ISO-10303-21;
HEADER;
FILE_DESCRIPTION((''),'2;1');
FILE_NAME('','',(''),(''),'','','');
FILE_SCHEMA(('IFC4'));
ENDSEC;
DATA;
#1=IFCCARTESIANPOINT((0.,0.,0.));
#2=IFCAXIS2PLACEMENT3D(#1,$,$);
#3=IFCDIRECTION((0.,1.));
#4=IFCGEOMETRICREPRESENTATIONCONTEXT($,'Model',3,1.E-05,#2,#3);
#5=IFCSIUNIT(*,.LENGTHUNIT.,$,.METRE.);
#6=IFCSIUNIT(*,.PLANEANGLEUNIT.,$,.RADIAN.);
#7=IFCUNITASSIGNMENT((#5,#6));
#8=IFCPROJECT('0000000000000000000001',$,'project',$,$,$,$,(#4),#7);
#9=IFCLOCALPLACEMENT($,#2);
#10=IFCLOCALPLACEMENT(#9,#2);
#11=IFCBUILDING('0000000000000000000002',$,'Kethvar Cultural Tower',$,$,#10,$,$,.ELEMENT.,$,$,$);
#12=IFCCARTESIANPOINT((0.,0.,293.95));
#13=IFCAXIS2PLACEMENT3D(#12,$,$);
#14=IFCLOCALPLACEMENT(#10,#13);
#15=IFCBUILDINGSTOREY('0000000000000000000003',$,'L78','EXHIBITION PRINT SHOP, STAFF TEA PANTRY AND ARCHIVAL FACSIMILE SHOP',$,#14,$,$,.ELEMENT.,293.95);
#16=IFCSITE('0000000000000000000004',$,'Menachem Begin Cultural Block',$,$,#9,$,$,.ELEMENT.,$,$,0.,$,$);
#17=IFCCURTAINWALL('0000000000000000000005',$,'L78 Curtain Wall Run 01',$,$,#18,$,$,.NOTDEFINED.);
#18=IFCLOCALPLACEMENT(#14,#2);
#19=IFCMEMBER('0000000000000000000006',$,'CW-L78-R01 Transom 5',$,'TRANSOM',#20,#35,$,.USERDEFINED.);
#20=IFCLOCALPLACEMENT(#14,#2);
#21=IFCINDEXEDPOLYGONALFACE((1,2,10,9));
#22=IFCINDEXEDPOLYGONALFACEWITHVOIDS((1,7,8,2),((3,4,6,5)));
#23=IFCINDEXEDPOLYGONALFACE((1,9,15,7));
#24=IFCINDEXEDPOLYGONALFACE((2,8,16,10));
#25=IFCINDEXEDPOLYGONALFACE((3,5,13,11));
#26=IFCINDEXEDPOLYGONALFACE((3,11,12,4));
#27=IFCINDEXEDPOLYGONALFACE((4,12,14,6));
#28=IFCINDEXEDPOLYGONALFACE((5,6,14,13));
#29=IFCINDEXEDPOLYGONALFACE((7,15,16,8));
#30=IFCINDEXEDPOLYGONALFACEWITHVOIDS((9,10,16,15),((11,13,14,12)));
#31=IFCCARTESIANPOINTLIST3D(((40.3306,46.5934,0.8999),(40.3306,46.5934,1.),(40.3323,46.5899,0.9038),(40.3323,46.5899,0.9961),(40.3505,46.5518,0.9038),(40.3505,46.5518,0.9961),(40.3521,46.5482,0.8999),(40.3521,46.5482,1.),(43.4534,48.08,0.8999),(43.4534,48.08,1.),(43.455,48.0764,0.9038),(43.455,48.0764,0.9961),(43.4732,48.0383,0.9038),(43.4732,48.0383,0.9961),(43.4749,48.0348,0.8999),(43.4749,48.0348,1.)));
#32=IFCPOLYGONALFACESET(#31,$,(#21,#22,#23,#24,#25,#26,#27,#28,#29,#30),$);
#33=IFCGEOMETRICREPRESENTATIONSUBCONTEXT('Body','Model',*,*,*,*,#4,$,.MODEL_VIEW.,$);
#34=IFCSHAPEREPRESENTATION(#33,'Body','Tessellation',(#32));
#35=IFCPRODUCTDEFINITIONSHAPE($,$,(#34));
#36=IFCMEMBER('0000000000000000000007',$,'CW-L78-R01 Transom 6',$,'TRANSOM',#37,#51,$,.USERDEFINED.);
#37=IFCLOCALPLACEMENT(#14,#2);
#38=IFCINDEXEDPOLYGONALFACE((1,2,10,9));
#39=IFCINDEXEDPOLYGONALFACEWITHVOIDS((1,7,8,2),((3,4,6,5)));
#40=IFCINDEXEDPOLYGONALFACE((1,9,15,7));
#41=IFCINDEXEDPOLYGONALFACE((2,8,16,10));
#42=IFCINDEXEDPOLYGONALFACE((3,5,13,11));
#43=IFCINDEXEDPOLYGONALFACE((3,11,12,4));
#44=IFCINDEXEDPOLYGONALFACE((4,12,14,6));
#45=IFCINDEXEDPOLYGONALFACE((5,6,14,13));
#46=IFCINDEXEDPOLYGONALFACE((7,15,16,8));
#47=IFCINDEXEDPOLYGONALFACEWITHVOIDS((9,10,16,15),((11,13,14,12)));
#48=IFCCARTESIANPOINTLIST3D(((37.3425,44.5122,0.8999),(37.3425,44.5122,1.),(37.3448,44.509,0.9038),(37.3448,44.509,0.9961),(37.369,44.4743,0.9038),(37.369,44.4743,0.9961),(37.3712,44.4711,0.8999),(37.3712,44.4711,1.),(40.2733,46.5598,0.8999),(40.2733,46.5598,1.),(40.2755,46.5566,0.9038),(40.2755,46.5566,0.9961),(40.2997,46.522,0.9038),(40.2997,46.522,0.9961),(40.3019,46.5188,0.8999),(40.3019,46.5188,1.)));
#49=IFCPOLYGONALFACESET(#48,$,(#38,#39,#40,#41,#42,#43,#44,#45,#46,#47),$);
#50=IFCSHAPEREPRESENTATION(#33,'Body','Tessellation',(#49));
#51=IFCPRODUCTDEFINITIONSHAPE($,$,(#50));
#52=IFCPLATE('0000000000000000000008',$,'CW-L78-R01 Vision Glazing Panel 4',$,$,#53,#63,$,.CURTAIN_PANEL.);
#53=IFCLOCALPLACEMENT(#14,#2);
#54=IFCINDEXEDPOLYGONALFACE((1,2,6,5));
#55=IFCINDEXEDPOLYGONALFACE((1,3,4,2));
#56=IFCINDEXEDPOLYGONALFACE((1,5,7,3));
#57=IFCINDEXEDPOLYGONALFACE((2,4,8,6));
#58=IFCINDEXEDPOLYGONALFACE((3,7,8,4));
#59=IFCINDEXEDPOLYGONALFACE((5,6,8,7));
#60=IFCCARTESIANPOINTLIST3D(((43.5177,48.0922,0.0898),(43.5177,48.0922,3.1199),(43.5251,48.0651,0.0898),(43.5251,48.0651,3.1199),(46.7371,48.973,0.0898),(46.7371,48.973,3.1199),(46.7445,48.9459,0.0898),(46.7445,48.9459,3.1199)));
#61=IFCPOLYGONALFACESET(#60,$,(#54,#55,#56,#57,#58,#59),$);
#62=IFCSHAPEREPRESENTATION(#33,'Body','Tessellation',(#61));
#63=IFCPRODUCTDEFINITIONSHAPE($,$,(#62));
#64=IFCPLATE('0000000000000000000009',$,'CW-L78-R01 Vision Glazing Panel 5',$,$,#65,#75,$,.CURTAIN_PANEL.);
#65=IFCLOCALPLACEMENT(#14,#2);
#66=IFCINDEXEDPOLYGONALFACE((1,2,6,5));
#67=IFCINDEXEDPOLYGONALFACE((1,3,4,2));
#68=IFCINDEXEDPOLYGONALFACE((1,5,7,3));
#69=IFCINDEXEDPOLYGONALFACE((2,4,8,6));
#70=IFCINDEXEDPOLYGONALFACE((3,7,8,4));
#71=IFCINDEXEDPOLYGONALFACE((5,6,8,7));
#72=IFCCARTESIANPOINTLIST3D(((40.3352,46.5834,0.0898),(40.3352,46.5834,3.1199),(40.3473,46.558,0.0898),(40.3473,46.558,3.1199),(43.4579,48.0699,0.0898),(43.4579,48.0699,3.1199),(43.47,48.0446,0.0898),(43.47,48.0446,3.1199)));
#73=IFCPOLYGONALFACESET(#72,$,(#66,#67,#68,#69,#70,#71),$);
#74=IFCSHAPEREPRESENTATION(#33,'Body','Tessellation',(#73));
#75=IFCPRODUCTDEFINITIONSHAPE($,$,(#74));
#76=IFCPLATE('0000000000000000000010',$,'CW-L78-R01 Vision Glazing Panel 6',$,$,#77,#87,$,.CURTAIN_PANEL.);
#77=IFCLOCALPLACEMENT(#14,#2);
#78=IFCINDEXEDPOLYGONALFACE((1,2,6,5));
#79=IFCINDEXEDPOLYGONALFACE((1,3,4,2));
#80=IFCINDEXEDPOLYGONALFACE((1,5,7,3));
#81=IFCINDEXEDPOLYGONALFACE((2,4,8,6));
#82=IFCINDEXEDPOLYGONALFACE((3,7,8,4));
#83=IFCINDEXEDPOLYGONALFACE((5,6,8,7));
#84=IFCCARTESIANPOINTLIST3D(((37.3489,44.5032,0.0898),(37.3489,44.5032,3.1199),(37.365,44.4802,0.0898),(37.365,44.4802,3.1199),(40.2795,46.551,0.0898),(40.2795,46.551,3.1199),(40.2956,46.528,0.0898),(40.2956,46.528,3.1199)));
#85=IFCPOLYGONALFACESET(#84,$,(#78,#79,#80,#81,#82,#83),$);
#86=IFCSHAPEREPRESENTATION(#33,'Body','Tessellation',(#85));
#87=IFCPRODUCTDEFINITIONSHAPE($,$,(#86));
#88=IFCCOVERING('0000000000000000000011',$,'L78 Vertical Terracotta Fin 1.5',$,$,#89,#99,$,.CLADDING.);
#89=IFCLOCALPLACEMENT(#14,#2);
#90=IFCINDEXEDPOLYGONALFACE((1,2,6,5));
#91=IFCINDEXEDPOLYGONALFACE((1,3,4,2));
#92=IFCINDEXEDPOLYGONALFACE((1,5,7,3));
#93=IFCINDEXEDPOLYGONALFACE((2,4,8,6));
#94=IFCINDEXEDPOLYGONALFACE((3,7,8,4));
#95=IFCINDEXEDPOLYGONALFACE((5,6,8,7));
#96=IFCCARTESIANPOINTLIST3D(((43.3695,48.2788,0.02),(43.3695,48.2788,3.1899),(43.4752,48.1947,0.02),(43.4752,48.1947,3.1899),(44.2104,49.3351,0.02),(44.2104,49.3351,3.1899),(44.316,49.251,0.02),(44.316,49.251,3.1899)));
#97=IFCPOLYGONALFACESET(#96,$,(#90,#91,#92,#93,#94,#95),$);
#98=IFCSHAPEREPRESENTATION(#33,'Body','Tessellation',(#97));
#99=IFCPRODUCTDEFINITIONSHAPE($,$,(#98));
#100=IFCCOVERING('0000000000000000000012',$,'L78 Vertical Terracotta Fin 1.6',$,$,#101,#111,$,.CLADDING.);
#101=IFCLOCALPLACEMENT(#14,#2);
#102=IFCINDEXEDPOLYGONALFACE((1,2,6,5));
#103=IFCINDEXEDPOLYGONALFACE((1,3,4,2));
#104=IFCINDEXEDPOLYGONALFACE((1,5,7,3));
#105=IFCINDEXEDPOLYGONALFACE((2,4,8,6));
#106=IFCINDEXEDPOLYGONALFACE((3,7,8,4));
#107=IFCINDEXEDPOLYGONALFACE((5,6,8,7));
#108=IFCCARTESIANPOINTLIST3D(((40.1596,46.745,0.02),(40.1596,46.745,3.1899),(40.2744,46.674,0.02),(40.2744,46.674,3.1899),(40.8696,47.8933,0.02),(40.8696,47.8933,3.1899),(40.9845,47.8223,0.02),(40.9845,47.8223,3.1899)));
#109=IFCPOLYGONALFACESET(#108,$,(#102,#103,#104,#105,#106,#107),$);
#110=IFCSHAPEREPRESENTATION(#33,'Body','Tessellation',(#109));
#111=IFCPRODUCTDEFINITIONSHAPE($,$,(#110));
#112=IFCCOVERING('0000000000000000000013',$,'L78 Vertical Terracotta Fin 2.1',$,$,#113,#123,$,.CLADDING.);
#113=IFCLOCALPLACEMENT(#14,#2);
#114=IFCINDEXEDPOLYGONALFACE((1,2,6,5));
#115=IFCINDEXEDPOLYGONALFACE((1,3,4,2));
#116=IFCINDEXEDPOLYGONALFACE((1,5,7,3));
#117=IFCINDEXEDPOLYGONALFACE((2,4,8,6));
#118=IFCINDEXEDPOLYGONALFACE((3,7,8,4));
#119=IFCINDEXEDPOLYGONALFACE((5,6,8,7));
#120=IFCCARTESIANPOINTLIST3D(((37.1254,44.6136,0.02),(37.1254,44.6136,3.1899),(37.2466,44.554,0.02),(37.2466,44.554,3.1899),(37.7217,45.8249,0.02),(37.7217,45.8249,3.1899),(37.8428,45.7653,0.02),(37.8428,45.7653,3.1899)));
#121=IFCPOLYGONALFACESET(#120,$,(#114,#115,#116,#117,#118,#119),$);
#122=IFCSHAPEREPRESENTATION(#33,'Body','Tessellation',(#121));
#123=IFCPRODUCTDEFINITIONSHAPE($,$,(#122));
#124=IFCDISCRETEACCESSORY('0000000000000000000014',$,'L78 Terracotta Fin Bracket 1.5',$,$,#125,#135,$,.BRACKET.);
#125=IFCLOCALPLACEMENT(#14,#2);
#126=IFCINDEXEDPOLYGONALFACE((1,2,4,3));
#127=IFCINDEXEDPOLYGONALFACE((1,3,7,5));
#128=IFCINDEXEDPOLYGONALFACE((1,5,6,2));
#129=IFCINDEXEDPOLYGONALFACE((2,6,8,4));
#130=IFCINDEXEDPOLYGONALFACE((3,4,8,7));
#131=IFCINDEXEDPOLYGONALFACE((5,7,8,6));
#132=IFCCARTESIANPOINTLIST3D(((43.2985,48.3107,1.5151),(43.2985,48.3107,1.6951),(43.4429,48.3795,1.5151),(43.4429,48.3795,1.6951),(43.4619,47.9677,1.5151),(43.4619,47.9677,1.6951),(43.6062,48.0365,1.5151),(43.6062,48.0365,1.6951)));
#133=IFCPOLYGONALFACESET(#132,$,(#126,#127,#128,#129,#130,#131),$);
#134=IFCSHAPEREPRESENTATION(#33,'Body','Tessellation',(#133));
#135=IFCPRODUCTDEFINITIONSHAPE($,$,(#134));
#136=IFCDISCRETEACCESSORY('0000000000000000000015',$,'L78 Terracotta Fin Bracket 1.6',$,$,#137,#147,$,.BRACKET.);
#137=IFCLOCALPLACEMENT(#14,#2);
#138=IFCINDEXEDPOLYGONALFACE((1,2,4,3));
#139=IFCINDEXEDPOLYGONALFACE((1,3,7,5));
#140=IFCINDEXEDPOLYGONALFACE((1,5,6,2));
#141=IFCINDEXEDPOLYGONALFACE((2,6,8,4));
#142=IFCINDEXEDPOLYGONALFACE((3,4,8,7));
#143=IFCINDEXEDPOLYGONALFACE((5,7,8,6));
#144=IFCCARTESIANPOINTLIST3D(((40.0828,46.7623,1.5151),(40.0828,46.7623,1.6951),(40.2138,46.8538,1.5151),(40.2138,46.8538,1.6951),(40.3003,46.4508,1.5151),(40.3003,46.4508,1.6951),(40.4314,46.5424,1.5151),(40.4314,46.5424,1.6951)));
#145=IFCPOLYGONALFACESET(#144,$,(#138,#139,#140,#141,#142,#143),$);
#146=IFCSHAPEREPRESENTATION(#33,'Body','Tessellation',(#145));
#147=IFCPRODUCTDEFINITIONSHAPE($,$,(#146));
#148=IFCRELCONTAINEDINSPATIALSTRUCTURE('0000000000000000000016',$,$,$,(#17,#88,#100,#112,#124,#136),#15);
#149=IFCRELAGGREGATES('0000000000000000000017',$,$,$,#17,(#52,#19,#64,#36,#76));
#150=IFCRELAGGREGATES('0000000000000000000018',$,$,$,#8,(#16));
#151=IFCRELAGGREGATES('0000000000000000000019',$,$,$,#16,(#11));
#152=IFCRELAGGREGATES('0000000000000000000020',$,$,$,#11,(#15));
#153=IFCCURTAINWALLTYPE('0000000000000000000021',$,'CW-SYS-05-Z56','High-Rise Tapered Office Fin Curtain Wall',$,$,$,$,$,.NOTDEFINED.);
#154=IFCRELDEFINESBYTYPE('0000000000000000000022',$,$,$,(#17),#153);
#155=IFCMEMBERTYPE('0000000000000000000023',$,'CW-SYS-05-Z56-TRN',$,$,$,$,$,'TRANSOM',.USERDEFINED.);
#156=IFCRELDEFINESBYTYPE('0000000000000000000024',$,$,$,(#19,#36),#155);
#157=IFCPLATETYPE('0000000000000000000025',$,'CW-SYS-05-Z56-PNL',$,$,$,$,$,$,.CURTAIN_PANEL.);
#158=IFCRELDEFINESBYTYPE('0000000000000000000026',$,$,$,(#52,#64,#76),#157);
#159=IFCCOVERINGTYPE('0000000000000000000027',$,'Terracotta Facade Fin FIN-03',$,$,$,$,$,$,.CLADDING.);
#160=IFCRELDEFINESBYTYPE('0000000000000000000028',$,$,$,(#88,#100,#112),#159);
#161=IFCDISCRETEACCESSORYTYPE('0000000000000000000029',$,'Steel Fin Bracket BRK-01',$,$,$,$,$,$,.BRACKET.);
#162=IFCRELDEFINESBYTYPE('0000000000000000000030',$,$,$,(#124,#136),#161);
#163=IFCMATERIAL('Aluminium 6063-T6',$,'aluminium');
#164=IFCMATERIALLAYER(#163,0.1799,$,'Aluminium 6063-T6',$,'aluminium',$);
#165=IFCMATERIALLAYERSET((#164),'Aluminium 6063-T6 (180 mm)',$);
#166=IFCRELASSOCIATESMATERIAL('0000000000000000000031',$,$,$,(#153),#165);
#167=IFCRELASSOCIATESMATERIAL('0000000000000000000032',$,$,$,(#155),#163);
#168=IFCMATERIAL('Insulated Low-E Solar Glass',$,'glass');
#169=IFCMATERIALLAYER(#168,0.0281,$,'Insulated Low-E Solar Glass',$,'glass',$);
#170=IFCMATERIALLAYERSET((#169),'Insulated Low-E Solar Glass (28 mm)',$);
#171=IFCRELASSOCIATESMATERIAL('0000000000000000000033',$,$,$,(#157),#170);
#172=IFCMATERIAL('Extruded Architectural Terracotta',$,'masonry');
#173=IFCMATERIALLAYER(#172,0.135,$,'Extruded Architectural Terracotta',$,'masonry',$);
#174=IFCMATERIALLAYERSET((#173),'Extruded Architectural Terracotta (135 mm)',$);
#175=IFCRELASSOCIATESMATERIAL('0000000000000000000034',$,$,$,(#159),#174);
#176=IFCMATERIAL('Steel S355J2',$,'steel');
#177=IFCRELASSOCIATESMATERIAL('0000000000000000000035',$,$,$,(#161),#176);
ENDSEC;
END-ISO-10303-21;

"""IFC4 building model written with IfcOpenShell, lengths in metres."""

from ifc_helpers import new_model, si_unit, direction, frame, origin, origin_2d, place, context, subcontext, project, spatial, rectangle, hollow_rectangle, extrude, source, transform, mapped, material, layer, layer_set, material_profile, profile_set, type_object, element, aggregate, save


model = new_model("IFC4")

# Units and contexts
model_context = context("Model", 3, precision=1e-05, world=origin(), true_north=direction((0.0, 1.0)))
body_context = subcontext(model_context, "Body", "Model", "MODEL_VIEW")
ifc_project = project(units=[si_unit("LENGTHUNIT", "METRE"), si_unit("PLANEANGLEUNIT", "RADIAN")], contexts=[model_context])

# Site, building, storey
site_placement = place(None, origin())
site = spatial("IfcSite", under=ifc_project, at=site_placement, Name="Menachem Begin Cultural Block", CompositionType="ELEMENT", RefElevation=0.0)
building_placement = place(site_placement, origin())
building = spatial("IfcBuilding", under=site, at=building_placement, Name="Kethvar Cultural Tower", CompositionType="ELEMENT")
storey_placement = place(building_placement, frame((0.0, 0.0, 293.95)))
storey = spatial("IfcBuildingStorey", under=building, at=storey_placement, Name="L78", Description="EXHIBITION PRINT SHOP, STAFF TEA PANTRY AND ARCHIVAL FACSIMILE SHOP", CompositionType="ELEMENT", Elevation=293.95)

# Shared definitions
ifc_material_1 = material(Name="Steel S355J2", Category="steel")

# Curtain wall, members, plates
ifc_material_2 = material(Name="Aluminium 6063-T6", Category="aluminium")
ifc_layer_1 = layer(ifc_material_2, 0.1799, Name="Aluminium 6063-T6", Category="aluminium")
ifc_layer_set_1 = layer_set([ifc_layer_1], Name="Aluminium 6063-T6 (180 mm)")
curtain_wall_type = type_object("IfcCurtainWallType", Name="CW-SYS-05-Z56", Description="High-Rise Tapered Office Fin Curtain Wall", PredefinedType="NOTDEFINED", material=ifc_layer_set_1)
curtain_wall_placement = place(storey_placement, origin())
curtain_wall = element("IfcCurtainWall", 1, at=curtain_wall_placement, inside=storey, type_object=curtain_wall_type, Name="L78 Curtain Wall Run 01", PredefinedType="NOTDEFINED")
ifc_material_profile_1 = material_profile(ifc_material_2, hollow_rectangle(XDim=0.05, YDim=0.1001, WallThickness=0.0039, at=origin_2d()), Name="Aluminium 6063-T6 — RHS100x50x4")
ifc_profile_set_1 = profile_set([ifc_material_profile_1], Name="Aluminium 6063-T6 — RHS100x50x4")
member_type_1 = type_object("IfcMemberType", Name="CW-SYS-05-Z56-TRN", ElementType="TRANSOM", PredefinedType="USERDEFINED", material=ifc_profile_set_1)
shared_shape_1 = source(origin(), body_context, "Body", "SweptSolid", [
    extrude(hollow_rectangle(XDim=0.05, YDim=0.1001, WallThickness=0.0039, at=origin_2d()), origin(), (0.0, 0.0, 1.0), 3.4585),
])
member_1_placement = place(storey_placement, frame((43.4641, 48.0574, 0.95), z_axis=(-0.902914, -0.429821, 0.0), x_axis=(0.429821, -0.902914, 0.0)))
member_1 = element("IfcMember", 2, at=member_1_placement, type_object=member_type_1, Name="CW-L78-R01 Transom 5", ObjectType="TRANSOM", PredefinedType="USERDEFINED", context=body_context, shape_type="MappedRepresentation", body=[
    mapped(shared_shape_1, transform((0.0, 0.0, 0.0), scale=1.0)),
])
shared_shape_2 = source(origin(), body_context, "Body", "SweptSolid", [
    extrude(hollow_rectangle(XDim=0.05, YDim=0.1001, WallThickness=0.0039, at=origin_2d()), origin(), (0.0, 0.0, 1.0), 3.5752),
])
member_2_placement = place(storey_placement, frame((40.2876, 46.5393, 0.95), z_axis=(-0.819738, -0.572738, 0.0), x_axis=(0.572738, -0.819738, 0.0)))
member_2 = element("IfcMember", 3, at=member_2_placement, type_object=member_type_1, Name="CW-L78-R01 Transom 6", ObjectType="TRANSOM", PredefinedType="USERDEFINED", context=body_context, shape_type="MappedRepresentation", body=[
    mapped(shared_shape_2, transform((0.0, 0.0, 0.0), scale=1.0)),
])
ifc_material_3 = material(Name="Insulated Low-E Solar Glass", Category="glass")
ifc_layer_2 = layer(ifc_material_3, 0.0281, Name="Insulated Low-E Solar Glass", Category="glass")
ifc_layer_set_2 = layer_set([ifc_layer_2], Name="Insulated Low-E Solar Glass (28 mm)")
plate_type = type_object("IfcPlateType", Name="CW-SYS-05-Z56-PNL", PredefinedType="CURTAIN_PANEL", material=ifc_layer_set_2)
shared_shape_3 = source(origin(), body_context, "Body", "SweptSolid", [
    extrude(rectangle(XDim=3.3376, YDim=0.0281, at=origin_2d()), origin(), (0.0, 0.0, 1.0), 3.03),
])
plate_1_placement = place(storey_placement, frame((45.1311, 48.519, 0.0898), z_axis=(0.0, 0.0, 1.0), x_axis=(-0.964548, -0.263907, 0.0)))
plate_1 = element("IfcPlate", 4, at=plate_1_placement, type_object=plate_type, Name="CW-L78-R01 Vision Glazing Panel 4", PredefinedType="CURTAIN_PANEL", context=body_context, shape_type="MappedRepresentation", body=[
    mapped(shared_shape_3, transform((0.0, 0.0, 0.0), scale=1.0)),
])
shared_shape_4 = source(origin(), body_context, "Body", "SweptSolid", [
    extrude(rectangle(XDim=3.4585, YDim=0.0281, at=origin_2d()), origin(), (0.0, 0.0, 1.0), 3.03),
])
plate_2_placement = place(storey_placement, frame((41.9026, 47.314, 0.0898), z_axis=(0.0, 0.0, 1.0), x_axis=(-0.902916, -0.429818, 0.0)))
plate_2 = element("IfcPlate", 5, at=plate_2_placement, type_object=plate_type, Name="CW-L78-R01 Vision Glazing Panel 5", PredefinedType="CURTAIN_PANEL", context=body_context, shape_type="MappedRepresentation", body=[
    mapped(shared_shape_4, transform((0.0, 0.0, 0.0), scale=1.0)),
])
shared_shape_5 = source(origin(), body_context, "Body", "SweptSolid", [
    extrude(rectangle(XDim=3.5752, YDim=0.0281, at=origin_2d()), origin(), (0.0, 0.0, 1.0), 3.03),
])
plate_3_placement = place(storey_placement, frame((38.8223, 45.5156, 0.0898), z_axis=(0.0, 0.0, 1.0), x_axis=(-0.819712, -0.572776, 0.0)))
plate_3 = element("IfcPlate", 6, at=plate_3_placement, type_object=plate_type, Name="CW-L78-R01 Vision Glazing Panel 6", PredefinedType="CURTAIN_PANEL", context=body_context, shape_type="MappedRepresentation", body=[
    mapped(shared_shape_5, transform((0.0, 0.0, 0.0), scale=1.0)),
])
aggregate(curtain_wall, [plate_1, member_1, plate_2, member_2, plate_3])

# Coverings
ifc_material_4 = material(Name="Extruded Architectural Terracotta", Category="masonry")
ifc_layer_3 = layer(ifc_material_4, 0.135, Name="Extruded Architectural Terracotta", Category="masonry")
ifc_layer_set_3 = layer_set([ifc_layer_3], Name="Extruded Architectural Terracotta (135 mm)")
covering_type = type_object("IfcCoveringType", Name="Terracotta Facade Fin FIN-03", PredefinedType="CLADDING", material=ifc_layer_set_3)
shared_shape_6 = source(origin(), body_context, "Body", "SweptSolid", [
    extrude(rectangle(XDim=1.3501, YDim=0.135, at=origin_2d()), origin(), (0.0, 0.0, 1.0), 3.1699),
])
for number, where, z_axis, x_axis, name in (
    (7, (43.8428, 48.7649, 0.02), (0.0, 0.0, 1.0), (0.622788, 0.782391, 0.0), "L78 Vertical Terracotta Fin 1.5"),
    (8, (40.572, 47.2837, 0.02), (0.0, 0.0, 1.0), (0.525917, 0.850536, 0.0), "L78 Vertical Terracotta Fin 1.6"),
    (9, (37.4841, 45.1895, 0.02), (0.0, 0.0, 1.0), (0.441662, 0.897181, 0.0), "L78 Vertical Terracotta Fin 2.1"),
):
    element("IfcCovering", number, at=place(storey_placement, frame(where, z_axis=z_axis, x_axis=x_axis)), inside=storey, type_object=covering_type, Name=name, PredefinedType="CLADDING", context=body_context, shape_type="MappedRepresentation", body=[
        mapped(shared_shape_6, transform((0.0, 0.0, 0.0), scale=1.0)),
    ])

# Discrete accessories
discrete_accessory_type = type_object("IfcDiscreteAccessoryType", Name="Steel Fin Bracket BRK-01", PredefinedType="BRACKET", material=ifc_material_1)
shared_shape_7 = source(origin(), body_context, "Body", "SweptSolid", [
    extrude(rectangle(XDim=0.3799, YDim=0.1599, at=origin_2d()), origin(), (0.0, 0.0, 1.0), 0.1799),
])
for number, where, z_axis, x_axis, name in (
    (10, (43.4524, 48.1736, 1.5151), (0.0, 0.0, 1.0), (-0.429881, 0.902886, 0.0), "L78 Terracotta Fin Bracket 1.5"),
    (11, (40.2571, 46.6523, 1.5151), (0.0, 0.0, 1.0), (-0.572718, 0.819752, 0.0), "L78 Terracotta Fin Bracket 1.6"),
):
    element("IfcDiscreteAccessory", number, at=place(storey_placement, frame(where, z_axis=z_axis, x_axis=x_axis)), inside=storey, type_object=discrete_accessory_type, Name=name, PredefinedType="BRACKET", context=body_context, shape_type="MappedRepresentation", body=[
        mapped(shared_shape_7, transform((0.0, 0.0, 0.0), scale=1.0)),
    ])

save(model, "model.ifc")
